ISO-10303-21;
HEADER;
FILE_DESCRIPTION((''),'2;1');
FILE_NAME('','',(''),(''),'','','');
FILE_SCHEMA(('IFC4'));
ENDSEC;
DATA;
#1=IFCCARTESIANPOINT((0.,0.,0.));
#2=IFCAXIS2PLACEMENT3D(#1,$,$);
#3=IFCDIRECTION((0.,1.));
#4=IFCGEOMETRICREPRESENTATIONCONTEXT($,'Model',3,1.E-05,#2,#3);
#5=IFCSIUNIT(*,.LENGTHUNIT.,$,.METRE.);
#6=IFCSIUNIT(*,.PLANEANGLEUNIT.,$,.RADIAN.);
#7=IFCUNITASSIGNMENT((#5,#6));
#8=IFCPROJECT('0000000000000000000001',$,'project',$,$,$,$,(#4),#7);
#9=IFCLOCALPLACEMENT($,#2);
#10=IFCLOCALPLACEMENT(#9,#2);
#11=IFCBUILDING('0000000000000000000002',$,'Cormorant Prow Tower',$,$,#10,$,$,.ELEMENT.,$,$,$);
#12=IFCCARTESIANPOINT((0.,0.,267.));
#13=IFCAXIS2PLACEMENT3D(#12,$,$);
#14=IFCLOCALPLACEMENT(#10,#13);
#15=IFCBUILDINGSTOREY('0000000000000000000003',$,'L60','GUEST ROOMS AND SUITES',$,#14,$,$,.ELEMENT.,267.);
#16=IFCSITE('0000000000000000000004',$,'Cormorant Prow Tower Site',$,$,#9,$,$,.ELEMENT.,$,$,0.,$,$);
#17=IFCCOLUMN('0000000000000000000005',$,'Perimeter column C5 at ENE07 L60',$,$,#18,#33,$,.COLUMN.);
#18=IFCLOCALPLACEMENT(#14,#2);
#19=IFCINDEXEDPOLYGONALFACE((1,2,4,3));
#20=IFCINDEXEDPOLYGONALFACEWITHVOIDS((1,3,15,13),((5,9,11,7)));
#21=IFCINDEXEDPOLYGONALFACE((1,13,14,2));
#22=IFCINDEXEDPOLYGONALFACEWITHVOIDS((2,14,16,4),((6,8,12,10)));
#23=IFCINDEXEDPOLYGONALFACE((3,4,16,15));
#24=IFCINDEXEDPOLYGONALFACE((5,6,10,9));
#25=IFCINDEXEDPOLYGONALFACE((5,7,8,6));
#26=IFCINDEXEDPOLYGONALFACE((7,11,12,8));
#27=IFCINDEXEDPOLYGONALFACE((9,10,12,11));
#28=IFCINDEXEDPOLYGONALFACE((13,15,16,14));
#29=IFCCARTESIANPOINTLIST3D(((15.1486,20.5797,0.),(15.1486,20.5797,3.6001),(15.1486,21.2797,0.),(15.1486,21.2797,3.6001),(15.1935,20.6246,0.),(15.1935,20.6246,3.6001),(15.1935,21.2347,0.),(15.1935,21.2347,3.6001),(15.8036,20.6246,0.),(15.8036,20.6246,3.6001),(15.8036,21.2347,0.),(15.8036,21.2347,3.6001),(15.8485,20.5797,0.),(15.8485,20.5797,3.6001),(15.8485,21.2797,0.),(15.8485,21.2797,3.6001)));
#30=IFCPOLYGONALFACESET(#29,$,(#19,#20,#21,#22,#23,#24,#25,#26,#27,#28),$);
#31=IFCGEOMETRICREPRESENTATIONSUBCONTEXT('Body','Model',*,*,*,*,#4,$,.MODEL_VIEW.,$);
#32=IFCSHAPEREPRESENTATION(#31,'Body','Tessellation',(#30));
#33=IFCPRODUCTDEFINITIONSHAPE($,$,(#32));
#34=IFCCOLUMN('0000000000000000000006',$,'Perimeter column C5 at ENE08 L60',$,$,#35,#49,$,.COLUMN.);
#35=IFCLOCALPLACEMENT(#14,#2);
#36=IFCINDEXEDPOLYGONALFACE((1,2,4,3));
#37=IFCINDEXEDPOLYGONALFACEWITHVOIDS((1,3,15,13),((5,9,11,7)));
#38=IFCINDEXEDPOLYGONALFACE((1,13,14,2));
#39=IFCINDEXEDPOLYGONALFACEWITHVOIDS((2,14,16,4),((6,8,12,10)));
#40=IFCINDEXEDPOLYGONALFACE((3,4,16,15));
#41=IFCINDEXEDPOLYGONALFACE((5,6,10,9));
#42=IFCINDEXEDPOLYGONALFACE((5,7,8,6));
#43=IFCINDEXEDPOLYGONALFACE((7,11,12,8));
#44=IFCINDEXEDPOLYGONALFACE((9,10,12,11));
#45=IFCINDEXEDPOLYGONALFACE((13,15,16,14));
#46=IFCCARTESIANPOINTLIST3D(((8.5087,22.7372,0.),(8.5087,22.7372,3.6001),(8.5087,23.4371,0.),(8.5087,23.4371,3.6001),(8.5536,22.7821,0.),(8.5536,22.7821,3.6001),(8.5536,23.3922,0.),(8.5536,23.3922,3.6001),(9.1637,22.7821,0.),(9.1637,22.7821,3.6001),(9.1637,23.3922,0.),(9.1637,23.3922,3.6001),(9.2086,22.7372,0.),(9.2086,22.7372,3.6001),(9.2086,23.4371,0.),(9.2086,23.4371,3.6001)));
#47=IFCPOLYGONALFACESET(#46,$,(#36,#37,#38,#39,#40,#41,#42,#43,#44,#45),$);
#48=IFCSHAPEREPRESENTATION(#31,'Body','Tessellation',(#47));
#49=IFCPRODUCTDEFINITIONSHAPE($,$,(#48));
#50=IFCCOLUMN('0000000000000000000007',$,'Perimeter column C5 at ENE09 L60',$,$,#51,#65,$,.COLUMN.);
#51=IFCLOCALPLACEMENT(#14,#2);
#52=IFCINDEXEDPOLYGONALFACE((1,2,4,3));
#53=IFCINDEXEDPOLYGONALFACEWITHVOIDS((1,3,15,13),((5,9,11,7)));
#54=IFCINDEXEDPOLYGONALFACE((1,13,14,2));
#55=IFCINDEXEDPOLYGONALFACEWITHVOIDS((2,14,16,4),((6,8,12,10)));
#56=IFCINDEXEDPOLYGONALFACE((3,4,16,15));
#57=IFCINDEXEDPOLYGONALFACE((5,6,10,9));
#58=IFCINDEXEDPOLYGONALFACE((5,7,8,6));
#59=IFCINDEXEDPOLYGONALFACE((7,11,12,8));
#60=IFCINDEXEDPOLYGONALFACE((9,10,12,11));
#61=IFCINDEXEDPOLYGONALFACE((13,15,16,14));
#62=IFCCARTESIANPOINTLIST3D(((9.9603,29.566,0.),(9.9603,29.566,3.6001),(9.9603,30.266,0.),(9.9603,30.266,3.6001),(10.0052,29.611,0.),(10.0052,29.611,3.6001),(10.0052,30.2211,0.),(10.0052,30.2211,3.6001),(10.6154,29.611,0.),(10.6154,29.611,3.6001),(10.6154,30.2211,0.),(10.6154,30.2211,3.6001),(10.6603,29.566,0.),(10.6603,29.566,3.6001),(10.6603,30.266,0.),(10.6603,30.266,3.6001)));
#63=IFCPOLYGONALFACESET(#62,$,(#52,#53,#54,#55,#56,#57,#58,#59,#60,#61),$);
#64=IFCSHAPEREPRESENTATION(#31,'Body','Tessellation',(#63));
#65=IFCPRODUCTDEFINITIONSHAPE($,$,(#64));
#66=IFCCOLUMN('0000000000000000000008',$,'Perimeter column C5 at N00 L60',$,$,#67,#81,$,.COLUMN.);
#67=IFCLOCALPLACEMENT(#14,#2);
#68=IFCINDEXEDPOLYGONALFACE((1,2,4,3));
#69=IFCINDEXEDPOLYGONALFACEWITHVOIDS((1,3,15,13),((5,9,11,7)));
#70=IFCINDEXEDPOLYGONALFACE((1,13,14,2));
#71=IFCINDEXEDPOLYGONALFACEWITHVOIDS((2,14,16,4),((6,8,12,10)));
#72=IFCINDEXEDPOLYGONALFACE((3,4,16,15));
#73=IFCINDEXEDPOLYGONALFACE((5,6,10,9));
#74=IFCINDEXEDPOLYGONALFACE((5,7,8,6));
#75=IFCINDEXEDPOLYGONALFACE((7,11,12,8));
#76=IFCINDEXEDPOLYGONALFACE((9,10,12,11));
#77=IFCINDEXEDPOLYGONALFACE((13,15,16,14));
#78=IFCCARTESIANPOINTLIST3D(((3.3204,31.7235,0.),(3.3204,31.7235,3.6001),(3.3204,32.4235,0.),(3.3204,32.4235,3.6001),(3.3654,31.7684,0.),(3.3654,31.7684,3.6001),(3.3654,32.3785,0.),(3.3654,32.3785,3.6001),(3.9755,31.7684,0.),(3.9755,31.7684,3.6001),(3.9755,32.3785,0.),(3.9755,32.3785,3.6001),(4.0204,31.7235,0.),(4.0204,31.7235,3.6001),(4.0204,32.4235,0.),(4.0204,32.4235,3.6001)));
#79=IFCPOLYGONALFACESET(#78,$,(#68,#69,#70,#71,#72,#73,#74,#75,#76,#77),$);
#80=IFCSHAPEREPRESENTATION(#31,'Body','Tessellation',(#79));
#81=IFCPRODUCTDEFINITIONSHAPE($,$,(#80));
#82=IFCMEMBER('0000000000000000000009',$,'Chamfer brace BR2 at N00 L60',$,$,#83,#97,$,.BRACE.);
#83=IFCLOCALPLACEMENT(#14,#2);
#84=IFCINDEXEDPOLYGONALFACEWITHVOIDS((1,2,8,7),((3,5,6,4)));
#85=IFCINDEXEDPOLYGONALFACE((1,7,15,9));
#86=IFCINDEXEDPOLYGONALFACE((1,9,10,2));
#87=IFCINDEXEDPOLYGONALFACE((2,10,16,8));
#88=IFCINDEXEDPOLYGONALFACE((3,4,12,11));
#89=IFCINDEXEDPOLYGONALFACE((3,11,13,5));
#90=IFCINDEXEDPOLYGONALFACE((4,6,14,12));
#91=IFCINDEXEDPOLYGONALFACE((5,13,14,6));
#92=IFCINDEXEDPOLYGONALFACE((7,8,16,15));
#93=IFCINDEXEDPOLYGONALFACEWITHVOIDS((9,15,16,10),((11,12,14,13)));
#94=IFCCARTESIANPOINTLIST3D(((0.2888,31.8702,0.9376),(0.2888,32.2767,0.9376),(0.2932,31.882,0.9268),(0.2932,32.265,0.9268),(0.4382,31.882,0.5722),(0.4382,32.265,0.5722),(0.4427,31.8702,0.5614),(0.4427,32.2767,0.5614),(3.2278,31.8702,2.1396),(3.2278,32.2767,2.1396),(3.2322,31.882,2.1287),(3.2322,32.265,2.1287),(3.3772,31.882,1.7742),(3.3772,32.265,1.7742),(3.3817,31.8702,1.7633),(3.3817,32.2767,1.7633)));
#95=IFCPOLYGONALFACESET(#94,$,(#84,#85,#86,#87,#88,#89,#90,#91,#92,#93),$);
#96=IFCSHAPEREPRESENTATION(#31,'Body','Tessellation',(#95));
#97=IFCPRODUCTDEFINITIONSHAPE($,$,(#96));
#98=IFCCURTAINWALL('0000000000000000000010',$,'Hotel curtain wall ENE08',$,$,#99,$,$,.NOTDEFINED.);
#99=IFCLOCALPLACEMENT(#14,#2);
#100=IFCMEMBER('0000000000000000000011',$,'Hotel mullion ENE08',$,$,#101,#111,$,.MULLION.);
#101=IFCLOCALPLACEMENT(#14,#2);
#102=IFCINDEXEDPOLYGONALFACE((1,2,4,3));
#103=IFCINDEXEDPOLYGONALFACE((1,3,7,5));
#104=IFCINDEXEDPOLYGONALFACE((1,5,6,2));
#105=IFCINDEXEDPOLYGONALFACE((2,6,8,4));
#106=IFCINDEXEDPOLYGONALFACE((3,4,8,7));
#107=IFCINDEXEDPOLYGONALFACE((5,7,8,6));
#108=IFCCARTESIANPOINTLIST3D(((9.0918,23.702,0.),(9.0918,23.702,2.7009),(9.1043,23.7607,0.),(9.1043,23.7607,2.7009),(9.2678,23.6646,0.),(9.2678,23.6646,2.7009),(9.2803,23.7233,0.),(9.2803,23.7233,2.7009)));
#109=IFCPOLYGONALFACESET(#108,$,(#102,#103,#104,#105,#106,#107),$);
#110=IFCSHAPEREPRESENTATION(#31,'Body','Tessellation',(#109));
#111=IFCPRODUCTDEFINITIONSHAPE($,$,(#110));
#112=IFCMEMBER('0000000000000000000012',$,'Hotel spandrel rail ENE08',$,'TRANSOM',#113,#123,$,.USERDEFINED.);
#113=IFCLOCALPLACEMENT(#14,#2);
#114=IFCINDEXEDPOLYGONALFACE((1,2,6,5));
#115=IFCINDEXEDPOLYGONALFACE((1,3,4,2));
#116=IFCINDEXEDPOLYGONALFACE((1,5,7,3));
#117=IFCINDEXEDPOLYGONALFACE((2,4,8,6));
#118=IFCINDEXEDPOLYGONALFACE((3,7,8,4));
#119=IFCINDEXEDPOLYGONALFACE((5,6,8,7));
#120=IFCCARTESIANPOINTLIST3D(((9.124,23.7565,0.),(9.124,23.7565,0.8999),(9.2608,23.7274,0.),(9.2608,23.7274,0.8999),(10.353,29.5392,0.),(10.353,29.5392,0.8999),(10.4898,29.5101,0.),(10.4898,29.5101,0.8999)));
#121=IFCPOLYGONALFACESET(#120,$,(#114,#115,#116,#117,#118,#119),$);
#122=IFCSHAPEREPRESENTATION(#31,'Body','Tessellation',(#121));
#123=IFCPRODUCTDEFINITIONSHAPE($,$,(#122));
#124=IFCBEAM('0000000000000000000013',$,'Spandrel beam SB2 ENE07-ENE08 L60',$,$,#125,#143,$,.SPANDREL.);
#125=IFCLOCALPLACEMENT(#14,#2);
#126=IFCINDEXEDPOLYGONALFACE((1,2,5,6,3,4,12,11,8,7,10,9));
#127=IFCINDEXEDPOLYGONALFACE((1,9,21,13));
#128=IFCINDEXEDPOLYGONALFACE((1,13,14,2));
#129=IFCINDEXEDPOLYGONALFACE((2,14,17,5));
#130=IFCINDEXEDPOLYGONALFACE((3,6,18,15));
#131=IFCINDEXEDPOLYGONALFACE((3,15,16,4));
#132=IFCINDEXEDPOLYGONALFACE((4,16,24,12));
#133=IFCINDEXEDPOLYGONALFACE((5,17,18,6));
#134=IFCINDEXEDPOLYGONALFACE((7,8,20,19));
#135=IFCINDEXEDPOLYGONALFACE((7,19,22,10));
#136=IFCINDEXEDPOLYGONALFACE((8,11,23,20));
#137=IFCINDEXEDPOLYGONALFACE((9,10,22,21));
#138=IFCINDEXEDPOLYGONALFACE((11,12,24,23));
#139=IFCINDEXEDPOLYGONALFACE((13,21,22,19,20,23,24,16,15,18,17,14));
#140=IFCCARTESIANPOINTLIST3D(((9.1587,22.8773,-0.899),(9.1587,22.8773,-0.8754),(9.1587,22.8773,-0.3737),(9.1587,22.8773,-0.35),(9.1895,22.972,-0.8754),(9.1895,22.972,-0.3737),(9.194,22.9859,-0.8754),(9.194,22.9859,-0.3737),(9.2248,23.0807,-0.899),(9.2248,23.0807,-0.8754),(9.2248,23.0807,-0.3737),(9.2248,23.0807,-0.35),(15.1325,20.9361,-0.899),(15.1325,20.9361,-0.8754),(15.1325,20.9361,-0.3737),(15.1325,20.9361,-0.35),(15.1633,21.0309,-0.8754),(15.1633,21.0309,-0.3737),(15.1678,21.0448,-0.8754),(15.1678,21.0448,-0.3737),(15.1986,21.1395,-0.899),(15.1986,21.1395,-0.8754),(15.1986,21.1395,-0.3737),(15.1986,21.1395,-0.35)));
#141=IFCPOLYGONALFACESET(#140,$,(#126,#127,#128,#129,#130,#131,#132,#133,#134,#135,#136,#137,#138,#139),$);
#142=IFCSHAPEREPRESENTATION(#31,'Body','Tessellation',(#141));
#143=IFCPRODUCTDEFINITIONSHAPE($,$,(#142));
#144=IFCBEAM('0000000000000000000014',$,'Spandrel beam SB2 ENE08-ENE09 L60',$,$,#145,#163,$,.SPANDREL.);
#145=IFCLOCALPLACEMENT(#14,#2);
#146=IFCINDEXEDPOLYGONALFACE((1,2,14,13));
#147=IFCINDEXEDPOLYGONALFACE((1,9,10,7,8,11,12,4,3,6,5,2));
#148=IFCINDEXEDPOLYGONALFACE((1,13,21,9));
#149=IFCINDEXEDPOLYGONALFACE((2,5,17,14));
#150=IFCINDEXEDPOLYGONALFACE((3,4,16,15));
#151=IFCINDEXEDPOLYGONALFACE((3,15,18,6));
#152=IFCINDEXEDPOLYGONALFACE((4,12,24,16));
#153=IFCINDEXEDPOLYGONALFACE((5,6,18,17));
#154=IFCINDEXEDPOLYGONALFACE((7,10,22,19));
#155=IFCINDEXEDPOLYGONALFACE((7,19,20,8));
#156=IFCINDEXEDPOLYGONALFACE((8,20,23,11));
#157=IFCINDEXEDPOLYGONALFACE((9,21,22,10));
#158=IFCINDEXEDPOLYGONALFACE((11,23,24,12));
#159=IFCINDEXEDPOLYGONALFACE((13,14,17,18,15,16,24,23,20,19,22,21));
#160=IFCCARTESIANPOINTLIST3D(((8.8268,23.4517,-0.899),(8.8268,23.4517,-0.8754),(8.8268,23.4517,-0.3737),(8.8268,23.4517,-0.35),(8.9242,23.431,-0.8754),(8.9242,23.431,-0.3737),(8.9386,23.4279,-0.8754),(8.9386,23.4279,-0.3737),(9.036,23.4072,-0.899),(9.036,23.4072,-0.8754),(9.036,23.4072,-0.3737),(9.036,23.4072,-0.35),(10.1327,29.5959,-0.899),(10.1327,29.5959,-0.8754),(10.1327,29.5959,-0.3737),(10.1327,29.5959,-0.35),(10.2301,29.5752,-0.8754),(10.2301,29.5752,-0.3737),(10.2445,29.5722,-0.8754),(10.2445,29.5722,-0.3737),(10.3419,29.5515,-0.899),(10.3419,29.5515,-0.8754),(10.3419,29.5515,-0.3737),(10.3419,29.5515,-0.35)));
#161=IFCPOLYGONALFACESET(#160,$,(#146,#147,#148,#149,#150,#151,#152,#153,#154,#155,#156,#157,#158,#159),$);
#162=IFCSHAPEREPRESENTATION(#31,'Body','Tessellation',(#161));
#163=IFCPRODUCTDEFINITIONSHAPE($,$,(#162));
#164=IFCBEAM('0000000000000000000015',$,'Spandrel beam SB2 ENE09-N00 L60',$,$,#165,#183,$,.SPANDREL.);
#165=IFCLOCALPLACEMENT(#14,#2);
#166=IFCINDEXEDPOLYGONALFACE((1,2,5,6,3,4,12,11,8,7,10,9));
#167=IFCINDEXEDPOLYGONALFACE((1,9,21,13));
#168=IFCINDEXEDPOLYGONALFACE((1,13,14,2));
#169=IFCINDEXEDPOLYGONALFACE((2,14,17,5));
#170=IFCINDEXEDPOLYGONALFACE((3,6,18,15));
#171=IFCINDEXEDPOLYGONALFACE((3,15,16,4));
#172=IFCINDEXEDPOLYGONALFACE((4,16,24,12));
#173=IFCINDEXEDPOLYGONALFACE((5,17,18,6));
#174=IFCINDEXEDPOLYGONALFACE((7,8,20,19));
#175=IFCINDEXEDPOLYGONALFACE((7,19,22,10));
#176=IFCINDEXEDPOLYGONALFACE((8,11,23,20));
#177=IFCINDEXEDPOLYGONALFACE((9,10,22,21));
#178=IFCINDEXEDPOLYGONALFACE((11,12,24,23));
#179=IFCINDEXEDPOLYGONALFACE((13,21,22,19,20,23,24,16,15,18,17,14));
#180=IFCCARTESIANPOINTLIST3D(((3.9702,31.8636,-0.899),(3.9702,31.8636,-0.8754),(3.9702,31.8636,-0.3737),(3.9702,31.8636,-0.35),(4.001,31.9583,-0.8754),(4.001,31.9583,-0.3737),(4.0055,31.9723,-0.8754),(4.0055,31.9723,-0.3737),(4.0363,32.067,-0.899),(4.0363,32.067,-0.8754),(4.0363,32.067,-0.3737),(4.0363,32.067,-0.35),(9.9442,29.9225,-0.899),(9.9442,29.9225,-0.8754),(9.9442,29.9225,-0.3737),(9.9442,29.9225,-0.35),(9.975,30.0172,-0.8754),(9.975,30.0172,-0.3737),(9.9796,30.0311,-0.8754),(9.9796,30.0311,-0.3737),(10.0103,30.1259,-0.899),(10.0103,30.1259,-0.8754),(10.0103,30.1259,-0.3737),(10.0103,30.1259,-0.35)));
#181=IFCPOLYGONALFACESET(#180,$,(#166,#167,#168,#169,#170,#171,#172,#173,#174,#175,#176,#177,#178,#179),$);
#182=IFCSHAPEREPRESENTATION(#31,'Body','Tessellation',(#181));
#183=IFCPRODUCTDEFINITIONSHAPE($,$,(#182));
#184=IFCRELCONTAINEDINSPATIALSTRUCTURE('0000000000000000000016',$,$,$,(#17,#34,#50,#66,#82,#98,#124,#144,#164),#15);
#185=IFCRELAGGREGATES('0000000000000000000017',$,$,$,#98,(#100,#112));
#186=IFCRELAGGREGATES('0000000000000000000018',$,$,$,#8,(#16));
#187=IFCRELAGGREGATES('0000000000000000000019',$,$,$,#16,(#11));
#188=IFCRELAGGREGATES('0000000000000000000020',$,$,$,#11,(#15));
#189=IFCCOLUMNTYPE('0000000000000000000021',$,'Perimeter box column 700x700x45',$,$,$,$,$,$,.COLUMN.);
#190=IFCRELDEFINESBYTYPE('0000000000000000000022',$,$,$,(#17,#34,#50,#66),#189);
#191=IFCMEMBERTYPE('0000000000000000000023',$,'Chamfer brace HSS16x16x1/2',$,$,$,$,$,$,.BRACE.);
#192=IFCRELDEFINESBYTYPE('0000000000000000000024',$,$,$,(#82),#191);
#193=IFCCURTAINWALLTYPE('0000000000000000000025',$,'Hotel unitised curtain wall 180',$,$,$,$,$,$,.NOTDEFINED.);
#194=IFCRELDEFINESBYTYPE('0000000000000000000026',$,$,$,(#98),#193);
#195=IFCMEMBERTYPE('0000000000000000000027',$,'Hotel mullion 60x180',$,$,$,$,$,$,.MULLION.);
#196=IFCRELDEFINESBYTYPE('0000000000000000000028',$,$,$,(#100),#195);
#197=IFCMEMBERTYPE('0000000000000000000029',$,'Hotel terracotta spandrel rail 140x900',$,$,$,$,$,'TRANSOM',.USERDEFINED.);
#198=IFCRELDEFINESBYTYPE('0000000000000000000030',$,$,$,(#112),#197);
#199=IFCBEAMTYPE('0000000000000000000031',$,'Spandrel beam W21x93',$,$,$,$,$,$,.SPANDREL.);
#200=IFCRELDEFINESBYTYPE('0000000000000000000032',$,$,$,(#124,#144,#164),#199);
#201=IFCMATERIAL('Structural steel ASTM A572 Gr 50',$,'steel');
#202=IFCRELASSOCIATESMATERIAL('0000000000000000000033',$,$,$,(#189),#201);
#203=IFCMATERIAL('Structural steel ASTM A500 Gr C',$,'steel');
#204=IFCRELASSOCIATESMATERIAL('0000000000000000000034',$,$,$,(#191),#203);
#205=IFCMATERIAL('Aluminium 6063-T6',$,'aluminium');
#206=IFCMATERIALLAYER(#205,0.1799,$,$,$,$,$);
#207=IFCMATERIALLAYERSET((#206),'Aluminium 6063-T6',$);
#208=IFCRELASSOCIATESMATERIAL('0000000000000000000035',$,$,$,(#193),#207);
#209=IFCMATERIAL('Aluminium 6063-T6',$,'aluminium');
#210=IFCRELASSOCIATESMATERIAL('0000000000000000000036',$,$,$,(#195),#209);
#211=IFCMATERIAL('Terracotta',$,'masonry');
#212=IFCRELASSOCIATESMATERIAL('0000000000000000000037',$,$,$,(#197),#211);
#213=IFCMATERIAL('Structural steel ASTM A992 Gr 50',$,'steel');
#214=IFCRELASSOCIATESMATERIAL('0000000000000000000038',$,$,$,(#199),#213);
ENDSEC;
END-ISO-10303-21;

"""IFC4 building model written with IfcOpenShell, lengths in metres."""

from ifc_helpers import new_model, si_unit, direction, frame, origin, origin_2d, place, context, subcontext, project, spatial, rectangle, hollow_rectangle, i_section, extrude, material, layer, layer_set, material_profile, profile_set, type_object, element, aggregate, save


model = new_model("IFC4")

# Units and contexts
model_context = context("Model", 3, precision=1e-05, world=origin(), true_north=direction((0.0, 1.0)))
body_context = subcontext(model_context, "Body", "Model", "MODEL_VIEW")
ifc_project = project(units=[si_unit("LENGTHUNIT", "METRE"), si_unit("PLANEANGLEUNIT", "RADIAN")], contexts=[model_context])

# Site, building, storey
site_placement = place(None, origin())
site = spatial("IfcSite", under=ifc_project, at=site_placement, Name="Cormorant Prow Tower Site", CompositionType="ELEMENT", RefElevation=0.0)
building_placement = place(site_placement, origin())
building = spatial("IfcBuilding", under=site, at=building_placement, Name="Cormorant Prow Tower", CompositionType="ELEMENT")
storey_placement = place(building_placement, frame((0.0, 0.0, 267.0)))
storey = spatial("IfcBuildingStorey", under=building, at=storey_placement, Name="L60", Description="GUEST ROOMS AND SUITES", CompositionType="ELEMENT", Elevation=267.0)

# Columns
ifc_material_1 = material(Name="Structural steel ASTM A572 Gr 50", Category="steel")
ifc_material_profile_1 = material_profile(ifc_material_1, hollow_rectangle(XDim=0.7, YDim=0.7, WallThickness=0.0449, at=origin_2d()), Name="Box 700x700x45")
ifc_profile_set_1 = profile_set([ifc_material_profile_1], Name="Structural steel ASTM A572 Gr 50")
column_type = type_object("IfcColumnType", Name="Perimeter box column 700x700x45", PredefinedType="COLUMN", material=ifc_profile_set_1)
for number, where, z_axis, x_axis, name in (
    (1, (15.4985, 20.9297, 0.0), (0.0, 0.0, 1.0), (1.0, 0.0, 0.0), "Perimeter column C5 at ENE07 L60"),
    (2, (8.8586, 23.0872, 0.0), (0.0, 0.0, 1.0), (1.0, 0.0, 0.0), "Perimeter column C5 at ENE08 L60"),
    (3, (10.3103, 29.916, 0.0), (0.0, 0.0, 1.0), (1.0, 0.0, 0.0), "Perimeter column C5 at ENE09 L60"),
    (4, (3.6704, 32.0735, 0.0), (0.0, 0.0, 1.0), (1.0, 0.0, 0.0), "Perimeter column C5 at N00 L60"),
):
    element("IfcColumn", number, at=place(storey_placement, frame(where, z_axis=z_axis, x_axis=x_axis)), inside=storey, type_object=column_type, Name=name, PredefinedType="COLUMN", context=body_context, shape_type="SweptSolid", body=[
        extrude(hollow_rectangle(XDim=0.7, YDim=0.7, WallThickness=0.0449, at=origin_2d()), origin(), (0.0, 0.0, 1.0), 3.6001),
    ])

# Member
ifc_material_2 = material(Name="Structural steel ASTM A500 Gr C", Category="steel")
ifc_material_profile_2 = material_profile(ifc_material_2, hollow_rectangle(XDim=0.4065, YDim=0.4065, WallThickness=0.0117, at=origin_2d()), Name="HSS16x16x1/2")
ifc_profile_set_2 = profile_set([ifc_material_profile_2], Name="Structural steel ASTM A500 Gr C")
member_type_1 = type_object("IfcMemberType", Name="Chamfer brace HSS16x16x1/2", PredefinedType="BRACE", material=ifc_profile_set_2)
member_1_placement = place(storey_placement, frame((0.3657, 32.0735, 0.7495), z_axis=(0.925591, 0.0, 0.378525), x_axis=(0.0, 1.0, 0.0)))
element("IfcMember", 5, at=member_1_placement, inside=storey, type_object=member_type_1, Name="Chamfer brace BR2 at N00 L60", PredefinedType="BRACE", context=body_context, shape_type="SweptSolid", body=[
    extrude(hollow_rectangle(XDim=0.4065, YDim=0.4065, WallThickness=0.0117, at=origin_2d()), origin(), (0.0, 0.0, 1.0), 3.1753),
])

# Curtain wall, members
ifc_material_3 = material(Name="Aluminium 6063-T6", Category="aluminium")
ifc_layer_1 = layer(ifc_material_3, 0.1799)
ifc_layer_set_1 = layer_set([ifc_layer_1], Name="Aluminium 6063-T6")
curtain_wall_type = type_object("IfcCurtainWallType", Name="Hotel unitised curtain wall 180", PredefinedType="NOTDEFINED", material=ifc_layer_set_1)
curtain_wall_placement = place(storey_placement, origin())
curtain_wall = element("IfcCurtainWall", 6, at=curtain_wall_placement, inside=storey, type_object=curtain_wall_type, Name="Hotel curtain wall ENE08", PredefinedType="NOTDEFINED")
ifc_material_4 = material(Name="Aluminium 6063-T6", Category="aluminium")
ifc_material_profile_3 = material_profile(ifc_material_4, rectangle(XDim=0.1799, YDim=0.0601, at=origin_2d()), Name="Hotel mullion 60x180")
ifc_profile_set_3 = profile_set([ifc_material_profile_3], Name="Aluminium 6063-T6")
member_type_2 = type_object("IfcMemberType", Name="Hotel mullion 60x180", PredefinedType="MULLION", material=ifc_profile_set_3)
member_2_placement = place(storey_placement, frame((9.186, 23.7126, 0.0), z_axis=(0.0, 0.0, 1.0), x_axis=(-0.978148, 0.207912, 0.0)))
member_2 = element("IfcMember", 7, at=member_2_placement, type_object=member_type_2, Name="Hotel mullion ENE08", PredefinedType="MULLION", context=body_context, shape_type="SweptSolid", body=[
    extrude(rectangle(XDim=0.1799, YDim=0.0601, at=origin_2d()), origin(), (0.0, 0.0, 1.0), 2.7009),
])
ifc_material_5 = material(Name="Terracotta", Category="masonry")
ifc_material_profile_4 = material_profile(ifc_material_5, rectangle(XDim=0.1399, YDim=0.8999, at=origin_2d()), Name="Hotel terracotta spandrel rail 140x900")
ifc_profile_set_4 = profile_set([ifc_material_profile_4], Name="Terracotta")
member_type_3 = type_object("IfcMemberType", Name="Hotel terracotta spandrel rail 140x900", ElementType="TRANSOM", PredefinedType="USERDEFINED", material=ifc_profile_set_4)
member_3_placement = place(storey_placement, frame((9.1924, 23.7419, 0.45), z_axis=(0.207887, 0.978153, 0.0), x_axis=(-0.978153, 0.207887, 0.0)))
member_3 = element("IfcMember", 8, at=member_3_placement, type_object=member_type_3, Name="Hotel spandrel rail ENE08", ObjectType="TRANSOM", PredefinedType="USERDEFINED", context=body_context, shape_type="SweptSolid", body=[
    extrude(rectangle(XDim=0.1399, YDim=0.8999, at=origin_2d()), origin(), (0.0, 0.0, 1.0), 5.9119),
])

# Beams
ifc_material_6 = material(Name="Structural steel ASTM A992 Gr 50", Category="steel")
ifc_material_profile_5 = material_profile(ifc_material_6, i_section(OverallWidth=0.2139, OverallDepth=0.5491, WebThickness=0.0146, FlangeThickness=0.0237, at=origin_2d()), Name="W21x93")
ifc_profile_set_5 = profile_set([ifc_material_profile_5], Name="Structural steel ASTM A992 Gr 50")
beam_type = type_object("IfcBeamType", Name="Spandrel beam W21x93", PredefinedType="SPANDREL", material=ifc_profile_set_5)
beam_1_placement = place(storey_placement, frame((15.1655, 21.0378, -0.6245), z_axis=(-0.95105, 0.309036, 0.0), x_axis=(-0.309036, -0.95105, 0.0)))
element("IfcBeam", 9, at=beam_1_placement, inside=storey, type_object=beam_type, Name="Spandrel beam SB2 ENE07-ENE08 L60", PredefinedType="SPANDREL", context=body_context, shape_type="SweptSolid", body=[
    extrude(i_section(OverallWidth=0.2139, OverallDepth=0.5491, WebThickness=0.0146, FlangeThickness=0.0237, at=origin_2d()), origin(), (0.0, 0.0, 1.0), 6.2812),
])
for number, where, z_axis, x_axis, name in (
    (10, (8.9314, 23.4294, -0.6245), (0.207896, 0.978151, 0.0), (-0.978151, 0.207896, 0.0), "Spandrel beam SB2 ENE08-ENE09 L60"),
    (11, (9.9773, 30.0242, -0.6245), (-0.951054, 0.309025, 0.0), (-0.309025, -0.951054, 0.0), "Spandrel beam SB2 ENE09-N00 L60"),
):
    element("IfcBeam", number, at=place(storey_placement, frame(where, z_axis=z_axis, x_axis=x_axis)), inside=storey, type_object=beam_type, Name=name, PredefinedType="SPANDREL", context=body_context, shape_type="SweptSolid", body=[
        extrude(i_section(OverallWidth=0.2139, OverallDepth=0.5491, WebThickness=0.0146, FlangeThickness=0.0237, at=origin_2d()), origin(), (0.0, 0.0, 1.0), 6.2815),
    ])

aggregate(curtain_wall, [member_2, member_3])

save(model, "model.ifc")
